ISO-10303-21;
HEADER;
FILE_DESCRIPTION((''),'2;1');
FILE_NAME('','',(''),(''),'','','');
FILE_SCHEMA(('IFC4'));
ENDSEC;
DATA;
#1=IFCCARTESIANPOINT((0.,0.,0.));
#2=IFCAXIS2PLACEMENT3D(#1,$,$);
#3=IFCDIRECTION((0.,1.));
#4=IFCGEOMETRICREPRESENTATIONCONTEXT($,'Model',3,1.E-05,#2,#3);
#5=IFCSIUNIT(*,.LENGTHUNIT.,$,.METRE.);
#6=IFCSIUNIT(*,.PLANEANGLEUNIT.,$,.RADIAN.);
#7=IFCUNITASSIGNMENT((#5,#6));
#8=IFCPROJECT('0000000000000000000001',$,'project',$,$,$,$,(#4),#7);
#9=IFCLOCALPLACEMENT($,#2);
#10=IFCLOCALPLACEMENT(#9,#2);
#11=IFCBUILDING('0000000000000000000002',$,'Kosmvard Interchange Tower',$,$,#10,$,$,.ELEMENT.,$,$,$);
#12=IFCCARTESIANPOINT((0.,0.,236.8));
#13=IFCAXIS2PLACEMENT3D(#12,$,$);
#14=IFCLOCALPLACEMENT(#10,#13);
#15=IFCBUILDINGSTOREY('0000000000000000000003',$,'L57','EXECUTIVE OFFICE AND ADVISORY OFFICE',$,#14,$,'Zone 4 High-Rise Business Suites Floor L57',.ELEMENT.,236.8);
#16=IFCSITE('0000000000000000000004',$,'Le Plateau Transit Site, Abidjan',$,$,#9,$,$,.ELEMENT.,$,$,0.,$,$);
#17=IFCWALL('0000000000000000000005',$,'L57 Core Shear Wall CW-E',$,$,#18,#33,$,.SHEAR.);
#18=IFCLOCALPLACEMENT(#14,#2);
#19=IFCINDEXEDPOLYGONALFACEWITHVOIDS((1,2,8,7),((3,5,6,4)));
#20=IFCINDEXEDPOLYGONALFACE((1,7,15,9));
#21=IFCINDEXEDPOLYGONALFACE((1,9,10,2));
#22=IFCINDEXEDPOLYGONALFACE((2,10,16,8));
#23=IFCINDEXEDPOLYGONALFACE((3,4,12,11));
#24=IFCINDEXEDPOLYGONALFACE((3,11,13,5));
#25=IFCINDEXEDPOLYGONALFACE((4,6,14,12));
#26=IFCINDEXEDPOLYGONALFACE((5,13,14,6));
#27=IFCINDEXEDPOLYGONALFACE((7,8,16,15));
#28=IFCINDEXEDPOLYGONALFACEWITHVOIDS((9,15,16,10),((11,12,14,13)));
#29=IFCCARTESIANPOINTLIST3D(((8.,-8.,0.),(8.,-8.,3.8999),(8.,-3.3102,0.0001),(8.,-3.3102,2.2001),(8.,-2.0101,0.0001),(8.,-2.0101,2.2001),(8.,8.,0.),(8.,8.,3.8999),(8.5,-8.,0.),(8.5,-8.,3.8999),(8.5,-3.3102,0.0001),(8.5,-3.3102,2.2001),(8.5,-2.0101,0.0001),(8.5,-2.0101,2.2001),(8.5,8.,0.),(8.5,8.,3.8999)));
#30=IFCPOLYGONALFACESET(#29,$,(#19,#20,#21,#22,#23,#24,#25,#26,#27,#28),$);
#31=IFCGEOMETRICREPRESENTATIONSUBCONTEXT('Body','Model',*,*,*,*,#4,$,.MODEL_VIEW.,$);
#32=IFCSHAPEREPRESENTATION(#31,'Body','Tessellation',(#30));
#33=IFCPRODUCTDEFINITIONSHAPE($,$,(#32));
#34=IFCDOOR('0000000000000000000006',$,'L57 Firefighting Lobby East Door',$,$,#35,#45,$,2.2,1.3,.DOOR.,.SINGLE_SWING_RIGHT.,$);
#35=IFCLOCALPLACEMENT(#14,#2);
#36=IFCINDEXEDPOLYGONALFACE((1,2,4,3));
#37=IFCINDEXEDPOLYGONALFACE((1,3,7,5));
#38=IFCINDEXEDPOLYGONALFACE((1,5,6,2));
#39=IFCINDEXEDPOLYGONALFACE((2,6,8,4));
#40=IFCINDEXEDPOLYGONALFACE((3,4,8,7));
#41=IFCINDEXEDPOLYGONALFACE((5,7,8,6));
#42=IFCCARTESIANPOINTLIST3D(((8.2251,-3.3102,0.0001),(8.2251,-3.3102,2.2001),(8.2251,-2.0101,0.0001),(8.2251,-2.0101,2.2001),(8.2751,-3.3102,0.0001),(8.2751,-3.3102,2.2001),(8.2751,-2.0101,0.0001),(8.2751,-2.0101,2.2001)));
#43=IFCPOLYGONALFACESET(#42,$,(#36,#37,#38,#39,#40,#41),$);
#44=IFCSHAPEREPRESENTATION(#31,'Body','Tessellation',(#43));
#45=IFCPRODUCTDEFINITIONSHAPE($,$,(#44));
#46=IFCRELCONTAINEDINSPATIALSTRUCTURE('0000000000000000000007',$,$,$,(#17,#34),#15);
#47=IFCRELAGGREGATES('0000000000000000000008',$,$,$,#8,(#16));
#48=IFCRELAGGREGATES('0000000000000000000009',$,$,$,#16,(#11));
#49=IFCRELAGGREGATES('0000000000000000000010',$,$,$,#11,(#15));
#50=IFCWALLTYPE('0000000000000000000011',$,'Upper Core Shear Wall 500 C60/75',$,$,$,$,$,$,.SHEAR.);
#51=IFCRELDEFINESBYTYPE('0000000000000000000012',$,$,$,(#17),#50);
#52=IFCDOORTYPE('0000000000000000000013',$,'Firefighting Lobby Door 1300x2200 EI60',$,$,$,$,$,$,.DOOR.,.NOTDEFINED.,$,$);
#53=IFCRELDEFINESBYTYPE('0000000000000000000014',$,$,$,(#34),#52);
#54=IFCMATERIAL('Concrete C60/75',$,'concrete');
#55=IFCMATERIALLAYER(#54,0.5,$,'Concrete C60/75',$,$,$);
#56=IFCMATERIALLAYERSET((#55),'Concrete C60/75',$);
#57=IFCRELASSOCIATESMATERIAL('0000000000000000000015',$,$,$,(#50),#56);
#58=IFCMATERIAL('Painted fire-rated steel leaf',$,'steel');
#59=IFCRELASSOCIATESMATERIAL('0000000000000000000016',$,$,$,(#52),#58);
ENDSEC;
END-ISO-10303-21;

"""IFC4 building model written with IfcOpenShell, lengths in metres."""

from ifc_helpers import new_model, si_unit, direction, frame, frame_2d, origin, place, context, subcontext, project, spatial, rectangle, extrude, source, transform, mapped, material, layer, layer_set, type_object, element, fill, save


model = new_model("IFC4")

# Units and contexts
model_context = context("Model", 3, precision=1e-05, world=origin(), true_north=direction((0.0, 1.0)))
body_context = subcontext(model_context, "Body", "Model", "MODEL_VIEW")
ifc_project = project(units=[si_unit("LENGTHUNIT", "METRE"), si_unit("PLANEANGLEUNIT", "RADIAN")], contexts=[model_context])

# Site, building, storey
site_placement = place(None, origin())
site = spatial("IfcSite", under=ifc_project, at=site_placement, Name="Le Plateau Transit Site, Abidjan", CompositionType="ELEMENT", RefElevation=0.0)
building_placement = place(site_placement, origin())
building = spatial("IfcBuilding", under=site, at=building_placement, Name="Kosmvard Interchange Tower", CompositionType="ELEMENT")
storey_placement = place(building_placement, frame((0.0, 0.0, 236.8)))
storey = spatial("IfcBuildingStorey", under=building, at=storey_placement, Name="L57", Description="EXECUTIVE OFFICE AND ADVISORY OFFICE", LongName="Zone 4 High-Rise Business Suites Floor L57", CompositionType="ELEMENT", Elevation=236.8)

# Shared definitions
ifc_material_1 = material(Name="Concrete C60/75", Category="concrete")

# Shared definitions
ifc_material_2 = material(Name="Painted fire-rated steel leaf", Category="steel")

# Wall, opening, door
ifc_layer_1 = layer(ifc_material_1, 0.5, Name="Concrete C60/75")
ifc_layer_set_1 = layer_set([ifc_layer_1], Name="Concrete C60/75")
wall_type_1 = type_object("IfcWallType", Name="Upper Core Shear Wall 500 C60/75", PredefinedType="SHEAR", material=ifc_layer_set_1)
wall_1_placement = place(storey_placement, frame((8.25, -8.0, 0.0), z_axis=(0.0, 0.0, 1.0), x_axis=(0.0, 1.0, 0.0)))
wall_1 = element("IfcWall", 1, at=wall_1_placement, inside=storey, type_object=wall_type_1, Name="L57 Core Shear Wall CW-E", PredefinedType="SHEAR", context=body_context, shape_type="SweptSolid", body=[
    extrude(rectangle(XDim=16.0, YDim=0.5, at=frame_2d((8.0, 0.0))), origin(), (0.0, 0.0, 1.0), 3.8999),
])
opening_1_placement = place(wall_1_placement, frame((4.6899, 0.0, 0.0)))
opening_1 = element("IfcOpeningElement", 2, at=opening_1_placement, cuts=wall_1, PredefinedType="OPENING", context=body_context, shape_type="SweptSolid", body=[
    extrude(rectangle(XDim=1.3, YDim=2.2, at=frame_2d((0.6499, 1.1001))), frame((0.0, 0.26, 0.0), z_axis=(0.0, -1.0, 0.0), x_axis=(1.0, 0.0, 0.0)), (0.0, 0.0, 1.0), 0.52),
])
door_type_1 = type_object("IfcDoorType", Name="Firefighting Lobby Door 1300x2200 EI60", OperationType="NOTDEFINED", PredefinedType="DOOR", material=ifc_material_2)
shared_shape_1 = source(origin(), body_context, "Body", "SweptSolid", [
    extrude(rectangle(XDim=1.3, YDim=2.2, at=frame_2d((0.6499, 1.1001))), frame((0.0, 0.0249, 0.0), z_axis=(0.0, -1.0, 0.0), x_axis=(1.0, 0.0, 0.0)), (0.0, 0.0, 1.0), 0.05),
])
door_1_placement = place(opening_1_placement, origin())
door_1 = element("IfcDoor", 3, at=door_1_placement, inside=storey, type_object=door_type_1, Name="L57 Firefighting Lobby East Door", OperationType="SINGLE_SWING_RIGHT", OverallHeight=2.2, OverallWidth=1.3, PredefinedType="DOOR", context=body_context, shape_type="MappedRepresentation", body=[
    mapped(shared_shape_1, transform((0.0, 0.0, 0.0), scale=1.0)),
])
fill(opening_1, door_1)

save(model, "model.ifc")
